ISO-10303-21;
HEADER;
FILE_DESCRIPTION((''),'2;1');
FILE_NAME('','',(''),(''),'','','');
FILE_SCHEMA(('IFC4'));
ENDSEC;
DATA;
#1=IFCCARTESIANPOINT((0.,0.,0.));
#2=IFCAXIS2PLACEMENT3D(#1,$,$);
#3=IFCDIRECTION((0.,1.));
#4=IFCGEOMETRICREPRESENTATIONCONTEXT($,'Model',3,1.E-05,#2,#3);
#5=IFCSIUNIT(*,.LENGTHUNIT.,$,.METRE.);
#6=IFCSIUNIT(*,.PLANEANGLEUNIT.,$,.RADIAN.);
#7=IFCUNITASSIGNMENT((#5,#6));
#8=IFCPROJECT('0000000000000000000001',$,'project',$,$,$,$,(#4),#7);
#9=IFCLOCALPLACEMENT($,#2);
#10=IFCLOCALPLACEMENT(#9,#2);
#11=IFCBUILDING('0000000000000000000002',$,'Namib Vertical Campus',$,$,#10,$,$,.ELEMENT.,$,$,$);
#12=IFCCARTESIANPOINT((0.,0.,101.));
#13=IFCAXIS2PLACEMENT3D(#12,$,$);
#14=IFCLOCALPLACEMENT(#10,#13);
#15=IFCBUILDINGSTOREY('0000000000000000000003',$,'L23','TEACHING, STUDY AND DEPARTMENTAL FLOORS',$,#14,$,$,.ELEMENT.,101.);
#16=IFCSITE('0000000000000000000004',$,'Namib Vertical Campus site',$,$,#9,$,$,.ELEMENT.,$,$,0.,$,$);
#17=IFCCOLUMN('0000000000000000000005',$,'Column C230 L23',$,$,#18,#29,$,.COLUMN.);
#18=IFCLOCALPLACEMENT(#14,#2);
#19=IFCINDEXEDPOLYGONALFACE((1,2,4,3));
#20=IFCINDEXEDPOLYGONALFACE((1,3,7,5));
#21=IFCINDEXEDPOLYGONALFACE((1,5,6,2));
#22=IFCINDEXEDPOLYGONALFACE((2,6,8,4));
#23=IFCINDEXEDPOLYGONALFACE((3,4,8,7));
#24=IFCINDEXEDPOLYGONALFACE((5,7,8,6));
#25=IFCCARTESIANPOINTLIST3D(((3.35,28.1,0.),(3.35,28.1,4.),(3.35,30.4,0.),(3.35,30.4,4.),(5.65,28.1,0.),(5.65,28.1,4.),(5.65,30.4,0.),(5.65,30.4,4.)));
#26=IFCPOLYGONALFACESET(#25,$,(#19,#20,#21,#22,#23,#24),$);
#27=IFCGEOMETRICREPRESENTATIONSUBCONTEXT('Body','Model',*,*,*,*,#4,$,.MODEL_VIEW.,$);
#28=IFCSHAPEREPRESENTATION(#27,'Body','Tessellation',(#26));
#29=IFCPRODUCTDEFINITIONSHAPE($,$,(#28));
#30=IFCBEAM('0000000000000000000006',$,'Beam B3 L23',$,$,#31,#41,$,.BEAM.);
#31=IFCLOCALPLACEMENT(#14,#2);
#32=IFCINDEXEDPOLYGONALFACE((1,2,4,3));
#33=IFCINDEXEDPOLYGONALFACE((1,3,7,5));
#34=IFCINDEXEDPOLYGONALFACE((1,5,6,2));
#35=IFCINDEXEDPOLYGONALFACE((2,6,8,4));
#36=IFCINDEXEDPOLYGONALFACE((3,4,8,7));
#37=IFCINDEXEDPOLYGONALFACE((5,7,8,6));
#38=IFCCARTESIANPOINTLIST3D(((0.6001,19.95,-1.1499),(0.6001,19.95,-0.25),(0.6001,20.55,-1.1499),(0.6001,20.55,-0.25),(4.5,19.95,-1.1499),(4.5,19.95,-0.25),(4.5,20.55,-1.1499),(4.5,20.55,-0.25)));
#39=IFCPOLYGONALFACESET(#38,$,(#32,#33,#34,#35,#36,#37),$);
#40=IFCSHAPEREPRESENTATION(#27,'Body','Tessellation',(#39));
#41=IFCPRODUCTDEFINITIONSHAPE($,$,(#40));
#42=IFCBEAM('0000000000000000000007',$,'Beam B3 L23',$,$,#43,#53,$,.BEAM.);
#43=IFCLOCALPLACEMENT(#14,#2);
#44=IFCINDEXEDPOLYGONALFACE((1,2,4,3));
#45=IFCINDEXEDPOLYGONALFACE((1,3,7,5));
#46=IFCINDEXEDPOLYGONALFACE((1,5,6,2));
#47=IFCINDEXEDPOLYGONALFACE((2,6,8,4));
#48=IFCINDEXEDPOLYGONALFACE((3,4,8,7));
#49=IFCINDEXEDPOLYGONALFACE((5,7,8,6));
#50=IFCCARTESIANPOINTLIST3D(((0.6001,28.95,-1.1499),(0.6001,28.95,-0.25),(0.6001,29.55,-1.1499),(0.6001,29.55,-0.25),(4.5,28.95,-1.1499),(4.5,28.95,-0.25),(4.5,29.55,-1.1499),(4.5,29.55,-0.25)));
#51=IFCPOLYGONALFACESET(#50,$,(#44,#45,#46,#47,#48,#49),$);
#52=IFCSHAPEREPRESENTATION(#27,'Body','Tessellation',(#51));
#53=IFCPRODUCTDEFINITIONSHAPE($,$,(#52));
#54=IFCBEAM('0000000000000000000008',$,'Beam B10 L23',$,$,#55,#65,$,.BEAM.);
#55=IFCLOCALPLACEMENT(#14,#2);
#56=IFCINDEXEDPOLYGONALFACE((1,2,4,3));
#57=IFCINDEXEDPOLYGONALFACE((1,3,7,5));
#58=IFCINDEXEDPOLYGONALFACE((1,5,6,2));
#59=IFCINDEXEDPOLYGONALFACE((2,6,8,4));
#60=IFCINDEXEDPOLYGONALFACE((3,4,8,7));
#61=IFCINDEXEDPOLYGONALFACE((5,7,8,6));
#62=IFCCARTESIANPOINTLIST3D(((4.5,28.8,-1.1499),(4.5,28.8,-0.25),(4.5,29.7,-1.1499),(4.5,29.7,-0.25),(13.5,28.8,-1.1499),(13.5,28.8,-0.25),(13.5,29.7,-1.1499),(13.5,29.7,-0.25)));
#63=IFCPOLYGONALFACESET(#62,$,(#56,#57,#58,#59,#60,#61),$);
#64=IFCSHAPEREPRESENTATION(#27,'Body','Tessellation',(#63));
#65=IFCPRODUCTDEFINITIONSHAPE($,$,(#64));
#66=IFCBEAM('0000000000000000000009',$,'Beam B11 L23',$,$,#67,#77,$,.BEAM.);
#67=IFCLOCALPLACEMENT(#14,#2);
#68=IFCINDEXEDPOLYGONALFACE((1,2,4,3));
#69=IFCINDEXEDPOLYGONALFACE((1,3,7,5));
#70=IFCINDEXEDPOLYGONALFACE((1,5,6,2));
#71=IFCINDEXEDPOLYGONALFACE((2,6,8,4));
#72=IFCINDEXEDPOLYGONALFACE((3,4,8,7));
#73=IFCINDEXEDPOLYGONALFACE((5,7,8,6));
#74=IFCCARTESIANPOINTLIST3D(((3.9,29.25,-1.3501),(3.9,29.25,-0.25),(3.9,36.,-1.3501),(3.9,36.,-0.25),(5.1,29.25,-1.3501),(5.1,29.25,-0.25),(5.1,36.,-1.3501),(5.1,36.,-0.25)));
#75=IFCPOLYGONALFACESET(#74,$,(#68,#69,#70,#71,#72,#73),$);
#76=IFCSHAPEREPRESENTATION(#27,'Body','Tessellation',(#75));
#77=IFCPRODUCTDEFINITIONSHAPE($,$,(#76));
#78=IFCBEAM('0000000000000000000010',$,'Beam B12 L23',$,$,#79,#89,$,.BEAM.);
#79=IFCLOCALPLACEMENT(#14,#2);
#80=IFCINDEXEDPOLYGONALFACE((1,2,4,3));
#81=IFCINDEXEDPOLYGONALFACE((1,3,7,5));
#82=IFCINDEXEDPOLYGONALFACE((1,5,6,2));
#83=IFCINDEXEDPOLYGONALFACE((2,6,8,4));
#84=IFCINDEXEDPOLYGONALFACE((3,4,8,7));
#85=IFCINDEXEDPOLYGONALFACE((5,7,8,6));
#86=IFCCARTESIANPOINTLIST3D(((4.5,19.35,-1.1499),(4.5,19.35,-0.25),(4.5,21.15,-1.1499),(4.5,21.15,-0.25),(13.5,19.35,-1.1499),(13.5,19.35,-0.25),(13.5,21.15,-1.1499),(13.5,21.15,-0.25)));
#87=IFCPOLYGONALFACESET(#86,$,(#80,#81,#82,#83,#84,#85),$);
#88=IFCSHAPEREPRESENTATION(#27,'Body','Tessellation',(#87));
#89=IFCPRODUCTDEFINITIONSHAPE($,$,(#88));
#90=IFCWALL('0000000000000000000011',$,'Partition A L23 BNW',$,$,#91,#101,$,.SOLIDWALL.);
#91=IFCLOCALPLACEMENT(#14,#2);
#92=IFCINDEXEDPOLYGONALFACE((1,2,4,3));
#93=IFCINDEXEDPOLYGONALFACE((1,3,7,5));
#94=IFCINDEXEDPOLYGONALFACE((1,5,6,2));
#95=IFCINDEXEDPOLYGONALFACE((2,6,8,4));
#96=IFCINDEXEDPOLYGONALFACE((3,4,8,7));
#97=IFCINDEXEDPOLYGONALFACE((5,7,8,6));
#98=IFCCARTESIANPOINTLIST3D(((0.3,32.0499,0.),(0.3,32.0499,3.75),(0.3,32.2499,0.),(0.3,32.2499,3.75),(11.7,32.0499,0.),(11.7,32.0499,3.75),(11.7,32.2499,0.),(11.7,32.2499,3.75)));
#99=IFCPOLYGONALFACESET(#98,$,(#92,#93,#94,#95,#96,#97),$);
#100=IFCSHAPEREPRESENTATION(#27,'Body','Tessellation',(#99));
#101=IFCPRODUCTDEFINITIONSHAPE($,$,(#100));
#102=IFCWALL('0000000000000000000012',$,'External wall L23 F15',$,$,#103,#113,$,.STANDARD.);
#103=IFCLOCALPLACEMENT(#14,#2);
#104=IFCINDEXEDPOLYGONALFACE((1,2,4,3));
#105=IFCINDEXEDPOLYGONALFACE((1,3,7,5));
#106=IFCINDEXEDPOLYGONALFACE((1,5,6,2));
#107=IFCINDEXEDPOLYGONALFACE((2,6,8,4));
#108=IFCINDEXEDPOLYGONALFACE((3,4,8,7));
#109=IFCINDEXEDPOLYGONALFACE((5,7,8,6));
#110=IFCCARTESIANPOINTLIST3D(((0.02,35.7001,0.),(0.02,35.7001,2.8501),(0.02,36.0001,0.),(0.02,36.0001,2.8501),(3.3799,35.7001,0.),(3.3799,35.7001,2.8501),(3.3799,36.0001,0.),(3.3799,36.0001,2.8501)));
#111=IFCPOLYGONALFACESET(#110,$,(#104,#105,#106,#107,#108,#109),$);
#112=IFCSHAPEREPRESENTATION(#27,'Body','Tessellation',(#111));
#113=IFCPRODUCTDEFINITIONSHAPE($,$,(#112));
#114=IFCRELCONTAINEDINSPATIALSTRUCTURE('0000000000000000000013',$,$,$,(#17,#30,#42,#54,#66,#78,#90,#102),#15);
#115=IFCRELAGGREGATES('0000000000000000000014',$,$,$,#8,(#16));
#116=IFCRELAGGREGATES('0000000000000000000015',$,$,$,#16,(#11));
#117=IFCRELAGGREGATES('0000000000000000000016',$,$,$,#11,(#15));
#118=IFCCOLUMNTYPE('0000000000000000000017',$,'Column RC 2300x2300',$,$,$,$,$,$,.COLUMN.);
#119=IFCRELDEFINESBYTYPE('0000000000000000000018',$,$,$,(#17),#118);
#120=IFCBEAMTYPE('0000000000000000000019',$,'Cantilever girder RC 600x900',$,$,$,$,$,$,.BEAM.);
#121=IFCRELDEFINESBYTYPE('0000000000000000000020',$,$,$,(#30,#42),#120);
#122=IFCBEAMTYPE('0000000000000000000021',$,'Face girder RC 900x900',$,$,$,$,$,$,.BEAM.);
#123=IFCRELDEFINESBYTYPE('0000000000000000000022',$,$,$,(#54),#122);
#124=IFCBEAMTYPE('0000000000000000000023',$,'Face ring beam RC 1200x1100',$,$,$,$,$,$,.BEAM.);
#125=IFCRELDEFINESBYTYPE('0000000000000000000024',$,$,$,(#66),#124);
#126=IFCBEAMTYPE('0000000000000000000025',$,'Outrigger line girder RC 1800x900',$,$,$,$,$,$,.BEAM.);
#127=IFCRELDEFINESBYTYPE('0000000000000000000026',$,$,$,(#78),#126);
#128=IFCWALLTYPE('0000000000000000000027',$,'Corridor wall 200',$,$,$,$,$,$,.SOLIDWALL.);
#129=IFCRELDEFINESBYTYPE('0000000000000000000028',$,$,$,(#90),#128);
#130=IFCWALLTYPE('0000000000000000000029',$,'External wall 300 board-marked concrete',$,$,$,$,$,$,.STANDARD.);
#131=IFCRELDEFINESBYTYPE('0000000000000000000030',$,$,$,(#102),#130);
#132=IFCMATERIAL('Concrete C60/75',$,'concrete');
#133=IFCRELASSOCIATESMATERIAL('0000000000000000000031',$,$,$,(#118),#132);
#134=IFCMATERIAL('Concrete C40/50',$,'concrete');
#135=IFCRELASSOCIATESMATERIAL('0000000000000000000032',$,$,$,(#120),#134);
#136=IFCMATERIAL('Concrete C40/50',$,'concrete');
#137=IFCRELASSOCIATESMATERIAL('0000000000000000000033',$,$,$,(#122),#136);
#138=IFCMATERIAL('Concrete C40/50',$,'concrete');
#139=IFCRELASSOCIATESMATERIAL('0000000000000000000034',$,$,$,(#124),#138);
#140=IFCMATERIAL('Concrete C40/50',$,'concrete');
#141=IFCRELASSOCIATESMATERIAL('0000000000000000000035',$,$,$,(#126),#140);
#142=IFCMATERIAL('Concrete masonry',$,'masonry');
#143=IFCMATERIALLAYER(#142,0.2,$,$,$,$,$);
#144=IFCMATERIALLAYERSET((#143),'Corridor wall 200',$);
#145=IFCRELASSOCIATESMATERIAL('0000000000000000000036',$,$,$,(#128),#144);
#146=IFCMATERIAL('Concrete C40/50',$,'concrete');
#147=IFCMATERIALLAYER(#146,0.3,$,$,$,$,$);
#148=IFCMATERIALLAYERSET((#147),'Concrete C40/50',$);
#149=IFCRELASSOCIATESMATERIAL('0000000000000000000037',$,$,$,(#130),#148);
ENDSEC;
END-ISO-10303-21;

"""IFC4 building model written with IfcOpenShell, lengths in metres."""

from ifc_helpers import new_model, si_unit, direction, frame, frame_2d, origin, origin_2d, place, context, subcontext, project, spatial, rectangle, extrude, material, layer, layer_set, material_profile, profile_set, type_object, element, save


model = new_model("IFC4")

# Units and contexts
model_context = context("Model", 3, precision=1e-05, world=origin(), true_north=direction((0.0, 1.0)))
body_context = subcontext(model_context, "Body", "Model", "MODEL_VIEW")
ifc_project = project(units=[si_unit("LENGTHUNIT", "METRE"), si_unit("PLANEANGLEUNIT", "RADIAN")], contexts=[model_context])

# Site, building, storey
site_placement = place(None, origin())
site = spatial("IfcSite", under=ifc_project, at=site_placement, Name="Namib Vertical Campus site", CompositionType="ELEMENT", RefElevation=0.0)
building_placement = place(site_placement, origin())
building = spatial("IfcBuilding", under=site, at=building_placement, Name="Namib Vertical Campus", CompositionType="ELEMENT")
storey_placement = place(building_placement, frame((0.0, 0.0, 101.0)))
storey = spatial("IfcBuildingStorey", under=building, at=storey_placement, Name="L23", Description="TEACHING, STUDY AND DEPARTMENTAL FLOORS", CompositionType="ELEMENT", Elevation=101.0)

# Column
ifc_material_1 = material(Name="Concrete C60/75", Category="concrete")
ifc_material_profile_1 = material_profile(ifc_material_1, rectangle(XDim=2.3, YDim=2.3, at=origin_2d()))
ifc_profile_set_1 = profile_set([ifc_material_profile_1], Name="Concrete C60/75")
column_type = type_object("IfcColumnType", Name="Column RC 2300x2300", PredefinedType="COLUMN", material=ifc_profile_set_1)
column_placement = place(storey_placement, frame((4.5, 29.25, 0.0), z_axis=(0.0, 0.0, 1.0), x_axis=(1.0, 0.0, 0.0)))
element("IfcColumn", 1, at=column_placement, inside=storey, type_object=column_type, Name="Column C230 L23", PredefinedType="COLUMN", context=body_context, shape_type="SweptSolid", body=[
    extrude(rectangle(XDim=2.3, YDim=2.3, at=origin_2d()), origin(), (0.0, 0.0, 1.0), 4.0),
])

# Beams
ifc_material_2 = material(Name="Concrete C40/50", Category="concrete")
ifc_material_profile_2 = material_profile(ifc_material_2, rectangle(XDim=0.6001, YDim=0.8999, at=origin_2d()))
ifc_profile_set_2 = profile_set([ifc_material_profile_2], Name="Concrete C40/50")
beam_type_1 = type_object("IfcBeamType", Name="Cantilever girder RC 600x900", PredefinedType="BEAM", material=ifc_profile_set_2)
for number, where, z_axis, x_axis, name in (
    (2, (4.5, 20.25, -0.7), (-1.0, 0.0, 0.0), (0.0, -1.0, 0.0), "Beam B3 L23"),
    (3, (4.5, 29.25, -0.7), (-1.0, 0.0, 0.0), (0.0, -1.0, 0.0), "Beam B3 L23"),
):
    element("IfcBeam", number, at=place(storey_placement, frame(where, z_axis=z_axis, x_axis=x_axis)), inside=storey, type_object=beam_type_1, Name=name, PredefinedType="BEAM", context=body_context, shape_type="SweptSolid", body=[
        extrude(rectangle(XDim=0.6001, YDim=0.8999, at=origin_2d()), origin(), (0.0, 0.0, 1.0), 3.8999),
    ])
ifc_material_3 = material(Name="Concrete C40/50", Category="concrete")
ifc_material_profile_3 = material_profile(ifc_material_3, rectangle(XDim=0.8999, YDim=0.8999, at=origin_2d()))
ifc_profile_set_3 = profile_set([ifc_material_profile_3], Name="Concrete C40/50")
beam_type_2 = type_object("IfcBeamType", Name="Face girder RC 900x900", PredefinedType="BEAM", material=ifc_profile_set_3)
beam_1_placement = place(storey_placement, frame((4.5, 29.25, -0.7), z_axis=(1.0, 0.0, 0.0), x_axis=(0.0, 1.0, 0.0)))
element("IfcBeam", 4, at=beam_1_placement, inside=storey, type_object=beam_type_2, Name="Beam B10 L23", PredefinedType="BEAM", context=body_context, shape_type="SweptSolid", body=[
    extrude(rectangle(XDim=0.8999, YDim=0.8999, at=origin_2d()), origin(), (0.0, 0.0, 1.0), 9.0),
])
ifc_material_4 = material(Name="Concrete C40/50", Category="concrete")
ifc_material_profile_4 = material_profile(ifc_material_4, rectangle(XDim=1.2, YDim=1.1001, at=origin_2d()))
ifc_profile_set_4 = profile_set([ifc_material_profile_4], Name="Concrete C40/50")
beam_type_3 = type_object("IfcBeamType", Name="Face ring beam RC 1200x1100", PredefinedType="BEAM", material=ifc_profile_set_4)
beam_2_placement = place(storey_placement, frame((4.5, 29.25, -0.8), z_axis=(0.0, 1.0, 0.0), x_axis=(-1.0, 0.0, 0.0)))
element("IfcBeam", 5, at=beam_2_placement, inside=storey, type_object=beam_type_3, Name="Beam B11 L23", PredefinedType="BEAM", context=body_context, shape_type="SweptSolid", body=[
    extrude(rectangle(XDim=1.2, YDim=1.1001, at=origin_2d()), origin(), (0.0, 0.0, 1.0), 6.75),
])
ifc_material_5 = material(Name="Concrete C40/50", Category="concrete")
ifc_material_profile_5 = material_profile(ifc_material_5, rectangle(XDim=1.8, YDim=0.8999, at=origin_2d()))
ifc_profile_set_5 = profile_set([ifc_material_profile_5], Name="Concrete C40/50")
beam_type_4 = type_object("IfcBeamType", Name="Outrigger line girder RC 1800x900", PredefinedType="BEAM", material=ifc_profile_set_5)
beam_3_placement = place(storey_placement, frame((4.5, 20.25, -0.7), z_axis=(1.0, 0.0, 0.0), x_axis=(0.0, 1.0, 0.0)))
element("IfcBeam", 6, at=beam_3_placement, inside=storey, type_object=beam_type_4, Name="Beam B12 L23", PredefinedType="BEAM", context=body_context, shape_type="SweptSolid", body=[
    extrude(rectangle(XDim=1.8, YDim=0.8999, at=origin_2d()), origin(), (0.0, 0.0, 1.0), 9.0),
])

# Walls
ifc_material_6 = material(Name="Concrete masonry", Category="masonry")
ifc_layer_1 = layer(ifc_material_6, 0.2)
ifc_layer_set_1 = layer_set([ifc_layer_1], Name="Corridor wall 200")
wall_type_1 = type_object("IfcWallType", Name="Corridor wall 200", PredefinedType="SOLIDWALL", material=ifc_layer_set_1)
wall_1_placement = place(storey_placement, frame((0.3, 32.1499, 0.0), z_axis=(0.0, 0.0, 1.0), x_axis=(1.0, 0.0, 0.0)))
element("IfcWall", 7, at=wall_1_placement, inside=storey, type_object=wall_type_1, Name="Partition A L23 BNW", PredefinedType="SOLIDWALL", context=body_context, shape_type="SweptSolid", body=[
    extrude(rectangle(XDim=11.3999, YDim=0.2, at=frame_2d((5.7, 0.0))), origin(), (0.0, 0.0, 1.0), 3.75),
])
ifc_material_7 = material(Name="Concrete C40/50", Category="concrete")
ifc_layer_2 = layer(ifc_material_7, 0.3)
ifc_layer_set_2 = layer_set([ifc_layer_2], Name="Concrete C40/50")
wall_type_2 = type_object("IfcWallType", Name="External wall 300 board-marked concrete", PredefinedType="STANDARD", material=ifc_layer_set_2)
wall_2_placement = place(storey_placement, frame((3.3799, 35.8501, 0.0), z_axis=(0.0, 0.0, 1.0), x_axis=(-1.0, 0.0, 0.0)))
element("IfcWall", 8, at=wall_2_placement, inside=storey, type_object=wall_type_2, Name="External wall L23 F15", PredefinedType="STANDARD", context=body_context, shape_type="SweptSolid", body=[
    extrude(rectangle(XDim=3.3599, YDim=0.3, at=frame_2d((1.6799, 0.0))), origin(), (0.0, 0.0, 1.0), 2.8501),
])

save(model, "model.ifc")
